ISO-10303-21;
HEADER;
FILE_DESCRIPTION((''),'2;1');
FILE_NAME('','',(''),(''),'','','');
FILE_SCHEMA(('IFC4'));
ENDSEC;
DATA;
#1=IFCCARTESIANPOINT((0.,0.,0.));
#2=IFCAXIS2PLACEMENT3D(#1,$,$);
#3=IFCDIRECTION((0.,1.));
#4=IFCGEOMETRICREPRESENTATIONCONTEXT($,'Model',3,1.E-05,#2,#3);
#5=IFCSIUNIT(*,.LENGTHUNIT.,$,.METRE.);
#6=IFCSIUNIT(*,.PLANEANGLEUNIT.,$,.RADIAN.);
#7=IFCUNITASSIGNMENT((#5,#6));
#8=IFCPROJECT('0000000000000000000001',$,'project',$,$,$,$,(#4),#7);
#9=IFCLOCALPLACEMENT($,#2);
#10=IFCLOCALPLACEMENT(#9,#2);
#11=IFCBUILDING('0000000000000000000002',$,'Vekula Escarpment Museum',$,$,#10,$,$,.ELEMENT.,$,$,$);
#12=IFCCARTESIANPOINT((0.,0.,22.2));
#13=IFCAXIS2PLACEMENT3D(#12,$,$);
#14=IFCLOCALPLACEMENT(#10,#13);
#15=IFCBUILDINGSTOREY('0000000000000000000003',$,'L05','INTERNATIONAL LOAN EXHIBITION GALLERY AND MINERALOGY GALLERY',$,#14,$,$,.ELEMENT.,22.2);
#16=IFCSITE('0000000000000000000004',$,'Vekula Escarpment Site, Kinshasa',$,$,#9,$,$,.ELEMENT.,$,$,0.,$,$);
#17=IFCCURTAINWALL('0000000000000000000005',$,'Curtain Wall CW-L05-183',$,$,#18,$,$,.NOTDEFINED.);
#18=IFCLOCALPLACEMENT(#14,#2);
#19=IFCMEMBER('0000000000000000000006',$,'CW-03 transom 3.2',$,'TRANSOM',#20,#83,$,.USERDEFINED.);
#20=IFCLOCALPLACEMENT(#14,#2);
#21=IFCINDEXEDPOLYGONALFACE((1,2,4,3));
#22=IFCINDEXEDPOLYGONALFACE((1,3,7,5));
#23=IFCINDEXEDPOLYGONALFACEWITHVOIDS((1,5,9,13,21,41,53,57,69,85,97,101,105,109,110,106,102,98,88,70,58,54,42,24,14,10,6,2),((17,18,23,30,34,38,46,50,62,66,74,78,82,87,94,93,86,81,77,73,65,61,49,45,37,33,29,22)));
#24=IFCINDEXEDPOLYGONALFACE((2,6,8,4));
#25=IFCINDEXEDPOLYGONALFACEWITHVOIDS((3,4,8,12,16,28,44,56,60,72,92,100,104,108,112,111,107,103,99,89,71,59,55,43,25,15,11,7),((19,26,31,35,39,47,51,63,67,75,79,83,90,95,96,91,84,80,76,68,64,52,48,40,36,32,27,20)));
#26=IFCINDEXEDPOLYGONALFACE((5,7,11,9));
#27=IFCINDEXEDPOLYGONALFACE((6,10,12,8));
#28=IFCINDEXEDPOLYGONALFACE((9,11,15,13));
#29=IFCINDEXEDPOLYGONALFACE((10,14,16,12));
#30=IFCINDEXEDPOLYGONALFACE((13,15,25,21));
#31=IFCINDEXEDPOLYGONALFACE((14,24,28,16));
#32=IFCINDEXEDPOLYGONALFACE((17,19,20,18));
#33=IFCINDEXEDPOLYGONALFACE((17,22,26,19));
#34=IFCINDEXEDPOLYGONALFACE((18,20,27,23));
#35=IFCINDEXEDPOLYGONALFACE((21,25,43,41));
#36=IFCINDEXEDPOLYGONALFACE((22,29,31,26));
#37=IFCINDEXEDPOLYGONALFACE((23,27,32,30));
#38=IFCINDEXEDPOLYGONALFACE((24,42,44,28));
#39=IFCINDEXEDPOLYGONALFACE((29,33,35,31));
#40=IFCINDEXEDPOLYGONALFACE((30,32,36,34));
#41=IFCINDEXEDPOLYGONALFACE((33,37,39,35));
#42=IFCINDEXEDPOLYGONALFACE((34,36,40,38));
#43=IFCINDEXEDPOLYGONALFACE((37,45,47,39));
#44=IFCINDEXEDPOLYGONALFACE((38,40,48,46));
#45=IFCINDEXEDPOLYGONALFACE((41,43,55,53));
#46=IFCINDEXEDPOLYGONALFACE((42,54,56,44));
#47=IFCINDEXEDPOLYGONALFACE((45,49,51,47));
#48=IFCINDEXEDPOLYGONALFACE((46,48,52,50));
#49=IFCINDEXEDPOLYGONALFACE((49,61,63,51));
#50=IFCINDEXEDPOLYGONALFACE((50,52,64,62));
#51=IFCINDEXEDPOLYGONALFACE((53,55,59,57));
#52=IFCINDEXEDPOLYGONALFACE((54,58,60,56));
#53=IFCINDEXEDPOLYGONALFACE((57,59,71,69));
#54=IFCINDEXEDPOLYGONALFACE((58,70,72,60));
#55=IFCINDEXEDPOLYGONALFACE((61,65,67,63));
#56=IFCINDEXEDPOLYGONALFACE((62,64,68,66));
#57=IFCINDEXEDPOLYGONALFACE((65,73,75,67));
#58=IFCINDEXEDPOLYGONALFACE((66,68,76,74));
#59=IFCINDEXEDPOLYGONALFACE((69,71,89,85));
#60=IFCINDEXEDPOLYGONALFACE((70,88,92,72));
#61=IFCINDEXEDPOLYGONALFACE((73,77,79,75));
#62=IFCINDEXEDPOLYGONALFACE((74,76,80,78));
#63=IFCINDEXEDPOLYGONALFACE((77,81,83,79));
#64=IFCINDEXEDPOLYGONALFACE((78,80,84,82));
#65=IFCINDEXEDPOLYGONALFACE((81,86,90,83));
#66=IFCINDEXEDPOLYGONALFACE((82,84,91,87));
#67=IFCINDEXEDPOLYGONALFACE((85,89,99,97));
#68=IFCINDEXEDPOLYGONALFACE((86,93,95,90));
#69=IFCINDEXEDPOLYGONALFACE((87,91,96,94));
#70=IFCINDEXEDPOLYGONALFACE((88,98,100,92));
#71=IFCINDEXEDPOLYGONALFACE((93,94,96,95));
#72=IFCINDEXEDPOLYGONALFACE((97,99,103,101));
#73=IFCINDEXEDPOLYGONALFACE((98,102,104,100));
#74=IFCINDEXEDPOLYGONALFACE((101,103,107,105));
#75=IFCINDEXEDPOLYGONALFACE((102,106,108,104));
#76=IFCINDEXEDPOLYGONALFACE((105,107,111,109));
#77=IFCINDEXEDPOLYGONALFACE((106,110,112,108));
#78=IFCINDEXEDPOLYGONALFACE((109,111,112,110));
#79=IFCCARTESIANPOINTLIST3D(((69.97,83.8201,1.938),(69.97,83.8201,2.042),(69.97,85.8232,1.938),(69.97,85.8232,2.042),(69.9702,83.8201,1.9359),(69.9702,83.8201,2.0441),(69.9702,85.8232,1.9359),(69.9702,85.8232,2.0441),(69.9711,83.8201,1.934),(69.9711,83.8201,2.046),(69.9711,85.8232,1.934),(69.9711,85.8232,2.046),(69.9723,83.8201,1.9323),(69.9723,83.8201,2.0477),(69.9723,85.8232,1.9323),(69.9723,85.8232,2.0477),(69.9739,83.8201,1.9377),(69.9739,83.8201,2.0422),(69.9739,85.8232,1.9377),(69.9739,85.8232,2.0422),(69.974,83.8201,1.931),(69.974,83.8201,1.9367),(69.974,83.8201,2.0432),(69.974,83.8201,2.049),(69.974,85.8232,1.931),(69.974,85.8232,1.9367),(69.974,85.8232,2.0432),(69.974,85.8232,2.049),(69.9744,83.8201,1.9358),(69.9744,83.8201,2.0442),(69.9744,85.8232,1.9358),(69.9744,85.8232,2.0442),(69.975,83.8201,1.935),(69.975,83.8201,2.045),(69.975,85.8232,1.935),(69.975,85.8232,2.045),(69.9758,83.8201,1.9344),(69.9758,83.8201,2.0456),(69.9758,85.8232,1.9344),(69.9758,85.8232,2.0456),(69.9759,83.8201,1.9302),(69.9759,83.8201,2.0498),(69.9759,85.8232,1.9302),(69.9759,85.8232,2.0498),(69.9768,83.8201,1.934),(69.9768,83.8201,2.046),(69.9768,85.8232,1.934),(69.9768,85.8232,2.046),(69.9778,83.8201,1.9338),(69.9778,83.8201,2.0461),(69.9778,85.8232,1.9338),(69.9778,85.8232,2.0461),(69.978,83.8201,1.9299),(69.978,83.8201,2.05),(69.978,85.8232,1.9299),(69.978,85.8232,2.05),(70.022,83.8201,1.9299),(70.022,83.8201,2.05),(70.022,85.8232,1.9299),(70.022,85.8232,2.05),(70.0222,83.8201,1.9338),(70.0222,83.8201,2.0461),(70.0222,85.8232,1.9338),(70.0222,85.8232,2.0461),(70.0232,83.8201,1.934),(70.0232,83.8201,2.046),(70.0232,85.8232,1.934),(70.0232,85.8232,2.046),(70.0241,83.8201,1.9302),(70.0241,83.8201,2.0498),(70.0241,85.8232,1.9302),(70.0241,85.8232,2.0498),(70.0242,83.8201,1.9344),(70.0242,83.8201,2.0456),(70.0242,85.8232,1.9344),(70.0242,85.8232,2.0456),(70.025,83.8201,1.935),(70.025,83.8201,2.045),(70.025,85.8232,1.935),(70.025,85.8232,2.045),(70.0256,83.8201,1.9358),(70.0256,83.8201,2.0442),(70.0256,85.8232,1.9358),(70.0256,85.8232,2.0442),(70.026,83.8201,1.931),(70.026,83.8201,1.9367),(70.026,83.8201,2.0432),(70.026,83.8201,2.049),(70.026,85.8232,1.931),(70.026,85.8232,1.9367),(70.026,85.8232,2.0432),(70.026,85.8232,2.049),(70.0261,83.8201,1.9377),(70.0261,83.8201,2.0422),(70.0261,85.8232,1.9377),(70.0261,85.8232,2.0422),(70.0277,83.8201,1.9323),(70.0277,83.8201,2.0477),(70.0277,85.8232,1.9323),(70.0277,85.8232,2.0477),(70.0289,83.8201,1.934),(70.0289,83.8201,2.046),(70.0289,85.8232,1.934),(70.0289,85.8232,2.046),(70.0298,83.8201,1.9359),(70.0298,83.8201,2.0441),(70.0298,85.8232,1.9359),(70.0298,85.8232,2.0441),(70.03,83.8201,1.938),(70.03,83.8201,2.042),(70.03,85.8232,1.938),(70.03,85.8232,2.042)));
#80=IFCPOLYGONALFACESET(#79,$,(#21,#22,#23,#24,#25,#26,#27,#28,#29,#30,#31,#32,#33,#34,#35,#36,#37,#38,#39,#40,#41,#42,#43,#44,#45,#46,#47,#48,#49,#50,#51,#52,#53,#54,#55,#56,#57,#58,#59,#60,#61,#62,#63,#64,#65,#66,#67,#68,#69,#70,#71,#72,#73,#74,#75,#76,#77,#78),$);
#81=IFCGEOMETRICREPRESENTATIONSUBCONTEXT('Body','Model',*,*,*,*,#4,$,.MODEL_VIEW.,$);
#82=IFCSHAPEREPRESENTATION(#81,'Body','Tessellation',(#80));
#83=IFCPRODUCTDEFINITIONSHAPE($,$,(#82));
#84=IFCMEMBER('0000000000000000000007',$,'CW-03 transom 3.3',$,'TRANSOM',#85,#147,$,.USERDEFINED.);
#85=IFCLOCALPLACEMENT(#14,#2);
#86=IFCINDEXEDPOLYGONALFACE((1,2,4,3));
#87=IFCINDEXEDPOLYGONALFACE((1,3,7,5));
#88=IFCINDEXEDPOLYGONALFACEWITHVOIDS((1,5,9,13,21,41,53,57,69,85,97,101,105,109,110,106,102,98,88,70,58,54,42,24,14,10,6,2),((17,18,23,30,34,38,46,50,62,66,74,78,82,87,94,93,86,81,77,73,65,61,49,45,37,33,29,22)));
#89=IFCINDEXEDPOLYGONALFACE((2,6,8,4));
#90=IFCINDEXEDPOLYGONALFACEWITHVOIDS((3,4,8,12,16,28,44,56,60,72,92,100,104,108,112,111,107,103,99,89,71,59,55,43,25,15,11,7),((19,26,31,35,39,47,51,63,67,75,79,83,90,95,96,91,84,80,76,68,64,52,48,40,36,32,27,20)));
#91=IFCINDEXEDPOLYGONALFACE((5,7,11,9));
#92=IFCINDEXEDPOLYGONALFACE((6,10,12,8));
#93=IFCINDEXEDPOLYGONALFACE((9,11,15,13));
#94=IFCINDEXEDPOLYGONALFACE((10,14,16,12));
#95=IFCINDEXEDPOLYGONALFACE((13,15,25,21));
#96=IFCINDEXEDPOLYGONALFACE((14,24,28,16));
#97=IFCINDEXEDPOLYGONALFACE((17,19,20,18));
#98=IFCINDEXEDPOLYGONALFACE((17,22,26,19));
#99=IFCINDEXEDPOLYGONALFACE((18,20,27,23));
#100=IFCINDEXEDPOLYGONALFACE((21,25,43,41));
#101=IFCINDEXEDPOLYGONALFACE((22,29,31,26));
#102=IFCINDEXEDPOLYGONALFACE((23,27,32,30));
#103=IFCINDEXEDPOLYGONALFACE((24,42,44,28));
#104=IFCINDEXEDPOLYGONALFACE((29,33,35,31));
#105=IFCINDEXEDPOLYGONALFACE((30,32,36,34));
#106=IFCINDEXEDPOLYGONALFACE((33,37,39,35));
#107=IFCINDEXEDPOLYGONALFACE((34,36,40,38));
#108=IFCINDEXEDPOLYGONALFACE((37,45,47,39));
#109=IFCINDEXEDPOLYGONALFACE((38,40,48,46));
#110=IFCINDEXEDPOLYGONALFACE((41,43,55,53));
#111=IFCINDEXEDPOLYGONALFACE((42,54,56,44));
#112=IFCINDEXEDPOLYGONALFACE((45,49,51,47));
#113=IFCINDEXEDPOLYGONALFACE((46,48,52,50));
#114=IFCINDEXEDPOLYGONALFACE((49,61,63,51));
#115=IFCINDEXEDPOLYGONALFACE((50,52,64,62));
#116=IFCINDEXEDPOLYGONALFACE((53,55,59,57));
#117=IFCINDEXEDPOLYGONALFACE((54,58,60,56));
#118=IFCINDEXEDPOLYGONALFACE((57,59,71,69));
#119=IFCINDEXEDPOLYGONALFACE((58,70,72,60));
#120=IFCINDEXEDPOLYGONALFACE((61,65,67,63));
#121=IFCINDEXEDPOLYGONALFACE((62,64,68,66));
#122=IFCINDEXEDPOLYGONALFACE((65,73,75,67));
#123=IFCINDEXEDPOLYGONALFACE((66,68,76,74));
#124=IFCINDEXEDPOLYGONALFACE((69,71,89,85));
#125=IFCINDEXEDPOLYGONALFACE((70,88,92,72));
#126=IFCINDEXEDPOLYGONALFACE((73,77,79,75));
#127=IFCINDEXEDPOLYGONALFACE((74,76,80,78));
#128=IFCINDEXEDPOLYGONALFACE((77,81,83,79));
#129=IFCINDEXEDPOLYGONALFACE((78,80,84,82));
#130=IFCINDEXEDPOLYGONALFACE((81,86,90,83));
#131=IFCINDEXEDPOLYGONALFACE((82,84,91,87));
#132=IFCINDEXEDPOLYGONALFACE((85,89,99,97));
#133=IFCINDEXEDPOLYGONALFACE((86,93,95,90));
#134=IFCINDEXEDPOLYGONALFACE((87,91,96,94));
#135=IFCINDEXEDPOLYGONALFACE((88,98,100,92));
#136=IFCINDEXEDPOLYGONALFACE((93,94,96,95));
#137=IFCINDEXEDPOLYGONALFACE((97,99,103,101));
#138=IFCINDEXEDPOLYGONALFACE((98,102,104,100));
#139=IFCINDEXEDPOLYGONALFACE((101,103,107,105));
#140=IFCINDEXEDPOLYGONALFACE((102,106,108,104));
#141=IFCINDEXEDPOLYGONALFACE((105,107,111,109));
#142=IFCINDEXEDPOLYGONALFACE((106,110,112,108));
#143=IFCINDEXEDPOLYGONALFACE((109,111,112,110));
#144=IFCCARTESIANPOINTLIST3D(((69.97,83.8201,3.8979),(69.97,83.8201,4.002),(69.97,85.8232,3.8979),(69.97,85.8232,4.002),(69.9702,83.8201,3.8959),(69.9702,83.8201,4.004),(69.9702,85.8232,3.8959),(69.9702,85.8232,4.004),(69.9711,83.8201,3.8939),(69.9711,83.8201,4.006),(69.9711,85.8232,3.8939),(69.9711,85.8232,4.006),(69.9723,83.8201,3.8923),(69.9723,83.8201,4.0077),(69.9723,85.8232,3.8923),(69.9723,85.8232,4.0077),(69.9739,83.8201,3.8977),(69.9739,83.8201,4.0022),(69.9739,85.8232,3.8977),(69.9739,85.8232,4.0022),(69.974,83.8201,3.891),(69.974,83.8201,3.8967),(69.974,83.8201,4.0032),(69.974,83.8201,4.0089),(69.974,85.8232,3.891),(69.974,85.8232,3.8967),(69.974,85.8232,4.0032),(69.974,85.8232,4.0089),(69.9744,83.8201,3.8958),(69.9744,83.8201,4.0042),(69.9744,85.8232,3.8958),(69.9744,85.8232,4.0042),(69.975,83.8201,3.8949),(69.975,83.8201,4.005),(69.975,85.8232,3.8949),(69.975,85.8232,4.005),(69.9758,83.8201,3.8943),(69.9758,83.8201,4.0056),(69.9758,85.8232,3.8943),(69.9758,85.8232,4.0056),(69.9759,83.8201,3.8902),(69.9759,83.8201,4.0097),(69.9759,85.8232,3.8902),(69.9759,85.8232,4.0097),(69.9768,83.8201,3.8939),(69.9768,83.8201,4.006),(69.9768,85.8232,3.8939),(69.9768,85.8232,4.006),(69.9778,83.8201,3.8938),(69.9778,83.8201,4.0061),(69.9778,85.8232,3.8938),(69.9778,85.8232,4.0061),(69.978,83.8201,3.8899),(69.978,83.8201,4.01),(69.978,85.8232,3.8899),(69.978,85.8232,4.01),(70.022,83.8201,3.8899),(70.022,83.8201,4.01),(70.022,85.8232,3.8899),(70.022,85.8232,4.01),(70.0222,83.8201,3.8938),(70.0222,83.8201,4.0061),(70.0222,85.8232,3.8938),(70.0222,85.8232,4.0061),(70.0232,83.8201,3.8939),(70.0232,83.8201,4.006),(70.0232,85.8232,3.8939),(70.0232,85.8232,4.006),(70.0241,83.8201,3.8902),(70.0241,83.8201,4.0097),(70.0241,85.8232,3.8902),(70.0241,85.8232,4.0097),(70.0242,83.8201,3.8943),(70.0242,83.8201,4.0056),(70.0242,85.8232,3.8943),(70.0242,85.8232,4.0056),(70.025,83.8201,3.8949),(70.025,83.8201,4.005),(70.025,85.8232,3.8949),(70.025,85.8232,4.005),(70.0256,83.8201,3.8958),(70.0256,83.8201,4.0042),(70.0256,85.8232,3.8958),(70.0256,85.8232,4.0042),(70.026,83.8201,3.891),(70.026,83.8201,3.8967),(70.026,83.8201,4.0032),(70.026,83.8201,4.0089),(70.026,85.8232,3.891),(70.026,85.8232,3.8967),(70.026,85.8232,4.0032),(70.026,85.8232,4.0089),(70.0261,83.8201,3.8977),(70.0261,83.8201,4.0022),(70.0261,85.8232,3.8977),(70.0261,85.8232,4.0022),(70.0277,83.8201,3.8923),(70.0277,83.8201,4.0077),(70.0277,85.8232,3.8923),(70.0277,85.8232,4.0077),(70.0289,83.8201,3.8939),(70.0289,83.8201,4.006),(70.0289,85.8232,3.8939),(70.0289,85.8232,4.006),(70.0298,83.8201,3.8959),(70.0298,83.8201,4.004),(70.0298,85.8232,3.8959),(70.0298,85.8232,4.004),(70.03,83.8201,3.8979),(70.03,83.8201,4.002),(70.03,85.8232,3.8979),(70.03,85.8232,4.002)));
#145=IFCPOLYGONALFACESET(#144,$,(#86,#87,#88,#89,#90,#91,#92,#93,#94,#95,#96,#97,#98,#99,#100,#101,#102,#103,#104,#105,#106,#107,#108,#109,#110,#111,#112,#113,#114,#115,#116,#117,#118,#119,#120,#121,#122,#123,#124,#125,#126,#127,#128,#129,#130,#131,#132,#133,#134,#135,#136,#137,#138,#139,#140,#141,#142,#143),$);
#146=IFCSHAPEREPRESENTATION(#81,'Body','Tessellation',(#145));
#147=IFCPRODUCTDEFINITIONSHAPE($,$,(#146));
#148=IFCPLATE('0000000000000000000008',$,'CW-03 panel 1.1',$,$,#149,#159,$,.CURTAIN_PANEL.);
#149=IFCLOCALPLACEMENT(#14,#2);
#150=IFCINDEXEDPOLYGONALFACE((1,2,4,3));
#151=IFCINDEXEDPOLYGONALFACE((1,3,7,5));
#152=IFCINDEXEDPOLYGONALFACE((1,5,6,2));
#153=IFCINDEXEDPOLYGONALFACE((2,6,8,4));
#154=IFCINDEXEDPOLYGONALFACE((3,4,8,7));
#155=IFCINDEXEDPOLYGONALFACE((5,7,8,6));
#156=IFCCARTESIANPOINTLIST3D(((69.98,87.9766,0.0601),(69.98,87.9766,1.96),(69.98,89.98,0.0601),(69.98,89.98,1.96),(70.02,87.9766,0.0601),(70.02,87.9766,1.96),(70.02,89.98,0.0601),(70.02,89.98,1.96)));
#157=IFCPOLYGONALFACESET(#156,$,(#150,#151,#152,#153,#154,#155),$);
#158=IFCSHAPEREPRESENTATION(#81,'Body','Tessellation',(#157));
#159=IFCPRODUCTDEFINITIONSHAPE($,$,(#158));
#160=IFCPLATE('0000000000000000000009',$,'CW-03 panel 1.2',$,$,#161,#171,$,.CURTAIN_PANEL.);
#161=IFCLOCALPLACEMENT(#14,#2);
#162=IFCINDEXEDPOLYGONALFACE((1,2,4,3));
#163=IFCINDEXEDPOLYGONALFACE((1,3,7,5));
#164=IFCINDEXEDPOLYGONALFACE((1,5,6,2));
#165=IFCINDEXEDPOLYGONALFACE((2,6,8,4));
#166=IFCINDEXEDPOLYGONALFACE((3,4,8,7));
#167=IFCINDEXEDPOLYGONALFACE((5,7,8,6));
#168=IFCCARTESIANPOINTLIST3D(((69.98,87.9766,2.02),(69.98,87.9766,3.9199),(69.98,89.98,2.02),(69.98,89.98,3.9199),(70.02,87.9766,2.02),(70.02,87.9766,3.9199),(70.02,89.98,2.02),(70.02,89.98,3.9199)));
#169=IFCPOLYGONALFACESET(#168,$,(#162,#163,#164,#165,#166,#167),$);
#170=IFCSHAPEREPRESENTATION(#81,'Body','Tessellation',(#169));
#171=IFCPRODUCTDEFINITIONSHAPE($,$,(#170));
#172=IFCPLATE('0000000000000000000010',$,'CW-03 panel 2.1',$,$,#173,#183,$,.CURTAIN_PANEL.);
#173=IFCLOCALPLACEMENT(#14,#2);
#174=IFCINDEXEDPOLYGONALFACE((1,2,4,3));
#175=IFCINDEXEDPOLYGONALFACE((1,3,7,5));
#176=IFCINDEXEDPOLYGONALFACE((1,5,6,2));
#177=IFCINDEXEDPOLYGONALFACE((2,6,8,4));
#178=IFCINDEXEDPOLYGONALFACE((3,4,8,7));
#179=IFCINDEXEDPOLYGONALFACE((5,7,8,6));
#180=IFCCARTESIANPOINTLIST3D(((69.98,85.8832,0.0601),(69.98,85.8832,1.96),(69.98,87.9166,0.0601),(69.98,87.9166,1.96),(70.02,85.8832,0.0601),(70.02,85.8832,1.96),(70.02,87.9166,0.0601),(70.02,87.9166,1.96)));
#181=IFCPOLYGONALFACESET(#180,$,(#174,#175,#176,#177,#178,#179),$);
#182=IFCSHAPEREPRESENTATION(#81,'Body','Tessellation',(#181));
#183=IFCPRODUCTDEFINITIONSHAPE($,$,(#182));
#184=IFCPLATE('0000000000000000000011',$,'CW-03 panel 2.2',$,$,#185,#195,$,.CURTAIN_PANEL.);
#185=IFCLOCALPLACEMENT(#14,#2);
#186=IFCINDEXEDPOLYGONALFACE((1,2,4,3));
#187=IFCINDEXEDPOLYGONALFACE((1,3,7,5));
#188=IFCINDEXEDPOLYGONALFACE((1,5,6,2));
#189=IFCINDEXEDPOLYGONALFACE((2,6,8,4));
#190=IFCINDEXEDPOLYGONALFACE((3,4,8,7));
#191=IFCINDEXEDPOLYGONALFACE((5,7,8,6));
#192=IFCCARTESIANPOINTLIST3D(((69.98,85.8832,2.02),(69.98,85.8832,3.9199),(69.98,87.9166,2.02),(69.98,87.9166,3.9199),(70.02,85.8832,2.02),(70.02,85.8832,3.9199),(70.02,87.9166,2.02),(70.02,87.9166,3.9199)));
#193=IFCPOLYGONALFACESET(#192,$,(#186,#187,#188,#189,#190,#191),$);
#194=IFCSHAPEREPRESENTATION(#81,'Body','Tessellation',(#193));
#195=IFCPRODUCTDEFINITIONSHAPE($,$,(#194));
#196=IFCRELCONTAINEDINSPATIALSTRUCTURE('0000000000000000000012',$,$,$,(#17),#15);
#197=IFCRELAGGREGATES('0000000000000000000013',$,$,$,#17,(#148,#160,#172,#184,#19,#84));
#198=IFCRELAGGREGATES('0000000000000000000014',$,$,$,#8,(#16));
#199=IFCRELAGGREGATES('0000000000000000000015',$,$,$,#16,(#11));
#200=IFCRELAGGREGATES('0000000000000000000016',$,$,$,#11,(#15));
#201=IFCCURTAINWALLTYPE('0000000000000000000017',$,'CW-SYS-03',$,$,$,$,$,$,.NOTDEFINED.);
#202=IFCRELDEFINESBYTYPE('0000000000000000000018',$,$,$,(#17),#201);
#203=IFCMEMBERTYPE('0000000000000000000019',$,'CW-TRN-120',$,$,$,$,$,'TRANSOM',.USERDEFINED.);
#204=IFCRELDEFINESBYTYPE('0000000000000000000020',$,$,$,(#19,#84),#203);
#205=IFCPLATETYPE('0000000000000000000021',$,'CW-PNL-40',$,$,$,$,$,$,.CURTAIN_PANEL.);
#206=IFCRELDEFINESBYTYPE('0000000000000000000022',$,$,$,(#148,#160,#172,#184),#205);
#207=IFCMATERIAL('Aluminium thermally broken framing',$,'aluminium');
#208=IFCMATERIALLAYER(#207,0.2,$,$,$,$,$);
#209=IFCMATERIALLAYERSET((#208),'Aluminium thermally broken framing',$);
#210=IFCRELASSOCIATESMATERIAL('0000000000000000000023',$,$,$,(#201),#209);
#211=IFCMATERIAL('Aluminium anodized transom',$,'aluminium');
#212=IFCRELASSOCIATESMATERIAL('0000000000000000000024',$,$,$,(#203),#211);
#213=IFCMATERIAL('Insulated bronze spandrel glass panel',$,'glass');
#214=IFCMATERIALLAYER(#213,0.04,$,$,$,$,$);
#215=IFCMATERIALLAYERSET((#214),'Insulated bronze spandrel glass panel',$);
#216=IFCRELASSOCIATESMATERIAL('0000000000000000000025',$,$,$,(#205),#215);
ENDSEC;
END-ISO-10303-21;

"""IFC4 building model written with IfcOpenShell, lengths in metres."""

from ifc_helpers import new_model, si_unit, direction, frame, origin, origin_2d, place, context, subcontext, project, spatial, rectangle, hollow_rectangle, extrude, material, layer, layer_set, material_profile, profile_set, type_object, element, aggregate, save


model = new_model("IFC4")

# Units and contexts
model_context = context("Model", 3, precision=1e-05, world=origin(), true_north=direction((0.0, 1.0)))
body_context = subcontext(model_context, "Body", "Model", "MODEL_VIEW")
ifc_project = project(units=[si_unit("LENGTHUNIT", "METRE"), si_unit("PLANEANGLEUNIT", "RADIAN")], contexts=[model_context])

# Site, building, storey
site_placement = place(None, origin())
site = spatial("IfcSite", under=ifc_project, at=site_placement, Name="Vekula Escarpment Site, Kinshasa", CompositionType="ELEMENT", RefElevation=0.0)
building_placement = place(site_placement, origin())
building = spatial("IfcBuilding", under=site, at=building_placement, Name="Vekula Escarpment Museum", CompositionType="ELEMENT")
storey_placement = place(building_placement, frame((0.0, 0.0, 22.2)))
storey = spatial("IfcBuildingStorey", under=building, at=storey_placement, Name="L05", Description="INTERNATIONAL LOAN EXHIBITION GALLERY AND MINERALOGY GALLERY", CompositionType="ELEMENT", Elevation=22.2)

# Curtain wall, members, plates
ifc_material_1 = material(Name="Aluminium thermally broken framing", Category="aluminium")
ifc_layer_1 = layer(ifc_material_1, 0.2)
ifc_layer_set_1 = layer_set([ifc_layer_1], Name="Aluminium thermally broken framing")
curtain_wall_type = type_object("IfcCurtainWallType", Name="CW-SYS-03", PredefinedType="NOTDEFINED", material=ifc_layer_set_1)
curtain_wall_placement = place(storey_placement, origin())
curtain_wall = element("IfcCurtainWall", 1, at=curtain_wall_placement, inside=storey, type_object=curtain_wall_type, Name="Curtain Wall CW-L05-183", PredefinedType="NOTDEFINED")
ifc_material_2 = material(Name="Aluminium anodized transom", Category="aluminium")
ifc_material_profile_1 = material_profile(ifc_material_2, hollow_rectangle(XDim=0.0601, YDim=0.1201, WallThickness=0.0039, InnerFilletRadius=0.0039, OuterFilletRadius=0.0081, at=origin_2d()), Name="ALU 120x60x4")
ifc_profile_set_1 = profile_set([ifc_material_profile_1], Name="Aluminium anodized transom")
member_type_1 = type_object("IfcMemberType", Name="CW-TRN-120", ElementType="TRANSOM", PredefinedType="USERDEFINED", material=ifc_profile_set_1)
member_1_placement = place(storey_placement, frame((70.0, 85.8232, 1.99), z_axis=(0.0, -1.0, 0.0), x_axis=(1.0, 0.0, 0.0)))
member_1 = element("IfcMember", 2, at=member_1_placement, type_object=member_type_1, Name="CW-03 transom 3.2", ObjectType="TRANSOM", PredefinedType="USERDEFINED", context=body_context, shape_type="SweptSolid", body=[
    extrude(hollow_rectangle(XDim=0.0601, YDim=0.1201, WallThickness=0.0039, InnerFilletRadius=0.0039, OuterFilletRadius=0.0081, at=origin_2d()), origin(), (0.0, 0.0, 1.0), 2.0032),
])
member_2_placement = place(storey_placement, frame((70.0, 85.8232, 3.95), z_axis=(0.0, -1.0, 0.0), x_axis=(1.0, 0.0, 0.0)))
member_2 = element("IfcMember", 3, at=member_2_placement, type_object=member_type_1, Name="CW-03 transom 3.3", ObjectType="TRANSOM", PredefinedType="USERDEFINED", context=body_context, shape_type="SweptSolid", body=[
    extrude(hollow_rectangle(XDim=0.0601, YDim=0.1201, WallThickness=0.0039, InnerFilletRadius=0.0039, OuterFilletRadius=0.0081, at=origin_2d()), origin(), (0.0, 0.0, 1.0), 2.0032),
])
ifc_material_3 = material(Name="Insulated bronze spandrel glass panel", Category="glass")
ifc_layer_2 = layer(ifc_material_3, 0.04)
ifc_layer_set_2 = layer_set([ifc_layer_2], Name="Insulated bronze spandrel glass panel")
plate_type = type_object("IfcPlateType", Name="CW-PNL-40", PredefinedType="CURTAIN_PANEL", material=ifc_layer_set_2)
plate_1_placement = place(storey_placement, frame((70.0, 88.9783, 0.0601), z_axis=(0.0, 0.0, 1.0), x_axis=(0.0, -1.0, 0.0)))
plate_1 = element("IfcPlate", 4, at=plate_1_placement, type_object=plate_type, Name="CW-03 panel 1.1", PredefinedType="CURTAIN_PANEL", context=body_context, shape_type="SweptSolid", body=[
    extrude(rectangle(XDim=2.0034, YDim=0.04, at=origin_2d()), origin(), (0.0, 0.0, 1.0), 1.8999),
])
plate_2_placement = place(storey_placement, frame((70.0, 88.9783, 2.02), z_axis=(0.0, 0.0, 1.0), x_axis=(0.0, -1.0, 0.0)))
plate_2 = element("IfcPlate", 5, at=plate_2_placement, type_object=plate_type, Name="CW-03 panel 1.2", PredefinedType="CURTAIN_PANEL", context=body_context, shape_type="SweptSolid", body=[
    extrude(rectangle(XDim=2.0034, YDim=0.04, at=origin_2d()), origin(), (0.0, 0.0, 1.0), 1.8999),
])
plate_3_placement = place(storey_placement, frame((70.0, 86.8999, 0.0601), z_axis=(0.0, 0.0, 1.0), x_axis=(0.0, -1.0, 0.0)))
plate_3 = element("IfcPlate", 6, at=plate_3_placement, type_object=plate_type, Name="CW-03 panel 2.1", PredefinedType="CURTAIN_PANEL", context=body_context, shape_type="SweptSolid", body=[
    extrude(rectangle(XDim=2.0334, YDim=0.04, at=origin_2d()), origin(), (0.0, 0.0, 1.0), 1.8999),
])
plate_4_placement = place(storey_placement, frame((70.0, 86.8999, 2.02), z_axis=(0.0, 0.0, 1.0), x_axis=(0.0, -1.0, 0.0)))
plate_4 = element("IfcPlate", 7, at=plate_4_placement, type_object=plate_type, Name="CW-03 panel 2.2", PredefinedType="CURTAIN_PANEL", context=body_context, shape_type="SweptSolid", body=[
    extrude(rectangle(XDim=2.0334, YDim=0.04, at=origin_2d()), origin(), (0.0, 0.0, 1.0), 1.8999),
])
aggregate(curtain_wall, [plate_1, plate_2, plate_3, plate_4, member_1, member_2])

save(model, "model.ifc")
